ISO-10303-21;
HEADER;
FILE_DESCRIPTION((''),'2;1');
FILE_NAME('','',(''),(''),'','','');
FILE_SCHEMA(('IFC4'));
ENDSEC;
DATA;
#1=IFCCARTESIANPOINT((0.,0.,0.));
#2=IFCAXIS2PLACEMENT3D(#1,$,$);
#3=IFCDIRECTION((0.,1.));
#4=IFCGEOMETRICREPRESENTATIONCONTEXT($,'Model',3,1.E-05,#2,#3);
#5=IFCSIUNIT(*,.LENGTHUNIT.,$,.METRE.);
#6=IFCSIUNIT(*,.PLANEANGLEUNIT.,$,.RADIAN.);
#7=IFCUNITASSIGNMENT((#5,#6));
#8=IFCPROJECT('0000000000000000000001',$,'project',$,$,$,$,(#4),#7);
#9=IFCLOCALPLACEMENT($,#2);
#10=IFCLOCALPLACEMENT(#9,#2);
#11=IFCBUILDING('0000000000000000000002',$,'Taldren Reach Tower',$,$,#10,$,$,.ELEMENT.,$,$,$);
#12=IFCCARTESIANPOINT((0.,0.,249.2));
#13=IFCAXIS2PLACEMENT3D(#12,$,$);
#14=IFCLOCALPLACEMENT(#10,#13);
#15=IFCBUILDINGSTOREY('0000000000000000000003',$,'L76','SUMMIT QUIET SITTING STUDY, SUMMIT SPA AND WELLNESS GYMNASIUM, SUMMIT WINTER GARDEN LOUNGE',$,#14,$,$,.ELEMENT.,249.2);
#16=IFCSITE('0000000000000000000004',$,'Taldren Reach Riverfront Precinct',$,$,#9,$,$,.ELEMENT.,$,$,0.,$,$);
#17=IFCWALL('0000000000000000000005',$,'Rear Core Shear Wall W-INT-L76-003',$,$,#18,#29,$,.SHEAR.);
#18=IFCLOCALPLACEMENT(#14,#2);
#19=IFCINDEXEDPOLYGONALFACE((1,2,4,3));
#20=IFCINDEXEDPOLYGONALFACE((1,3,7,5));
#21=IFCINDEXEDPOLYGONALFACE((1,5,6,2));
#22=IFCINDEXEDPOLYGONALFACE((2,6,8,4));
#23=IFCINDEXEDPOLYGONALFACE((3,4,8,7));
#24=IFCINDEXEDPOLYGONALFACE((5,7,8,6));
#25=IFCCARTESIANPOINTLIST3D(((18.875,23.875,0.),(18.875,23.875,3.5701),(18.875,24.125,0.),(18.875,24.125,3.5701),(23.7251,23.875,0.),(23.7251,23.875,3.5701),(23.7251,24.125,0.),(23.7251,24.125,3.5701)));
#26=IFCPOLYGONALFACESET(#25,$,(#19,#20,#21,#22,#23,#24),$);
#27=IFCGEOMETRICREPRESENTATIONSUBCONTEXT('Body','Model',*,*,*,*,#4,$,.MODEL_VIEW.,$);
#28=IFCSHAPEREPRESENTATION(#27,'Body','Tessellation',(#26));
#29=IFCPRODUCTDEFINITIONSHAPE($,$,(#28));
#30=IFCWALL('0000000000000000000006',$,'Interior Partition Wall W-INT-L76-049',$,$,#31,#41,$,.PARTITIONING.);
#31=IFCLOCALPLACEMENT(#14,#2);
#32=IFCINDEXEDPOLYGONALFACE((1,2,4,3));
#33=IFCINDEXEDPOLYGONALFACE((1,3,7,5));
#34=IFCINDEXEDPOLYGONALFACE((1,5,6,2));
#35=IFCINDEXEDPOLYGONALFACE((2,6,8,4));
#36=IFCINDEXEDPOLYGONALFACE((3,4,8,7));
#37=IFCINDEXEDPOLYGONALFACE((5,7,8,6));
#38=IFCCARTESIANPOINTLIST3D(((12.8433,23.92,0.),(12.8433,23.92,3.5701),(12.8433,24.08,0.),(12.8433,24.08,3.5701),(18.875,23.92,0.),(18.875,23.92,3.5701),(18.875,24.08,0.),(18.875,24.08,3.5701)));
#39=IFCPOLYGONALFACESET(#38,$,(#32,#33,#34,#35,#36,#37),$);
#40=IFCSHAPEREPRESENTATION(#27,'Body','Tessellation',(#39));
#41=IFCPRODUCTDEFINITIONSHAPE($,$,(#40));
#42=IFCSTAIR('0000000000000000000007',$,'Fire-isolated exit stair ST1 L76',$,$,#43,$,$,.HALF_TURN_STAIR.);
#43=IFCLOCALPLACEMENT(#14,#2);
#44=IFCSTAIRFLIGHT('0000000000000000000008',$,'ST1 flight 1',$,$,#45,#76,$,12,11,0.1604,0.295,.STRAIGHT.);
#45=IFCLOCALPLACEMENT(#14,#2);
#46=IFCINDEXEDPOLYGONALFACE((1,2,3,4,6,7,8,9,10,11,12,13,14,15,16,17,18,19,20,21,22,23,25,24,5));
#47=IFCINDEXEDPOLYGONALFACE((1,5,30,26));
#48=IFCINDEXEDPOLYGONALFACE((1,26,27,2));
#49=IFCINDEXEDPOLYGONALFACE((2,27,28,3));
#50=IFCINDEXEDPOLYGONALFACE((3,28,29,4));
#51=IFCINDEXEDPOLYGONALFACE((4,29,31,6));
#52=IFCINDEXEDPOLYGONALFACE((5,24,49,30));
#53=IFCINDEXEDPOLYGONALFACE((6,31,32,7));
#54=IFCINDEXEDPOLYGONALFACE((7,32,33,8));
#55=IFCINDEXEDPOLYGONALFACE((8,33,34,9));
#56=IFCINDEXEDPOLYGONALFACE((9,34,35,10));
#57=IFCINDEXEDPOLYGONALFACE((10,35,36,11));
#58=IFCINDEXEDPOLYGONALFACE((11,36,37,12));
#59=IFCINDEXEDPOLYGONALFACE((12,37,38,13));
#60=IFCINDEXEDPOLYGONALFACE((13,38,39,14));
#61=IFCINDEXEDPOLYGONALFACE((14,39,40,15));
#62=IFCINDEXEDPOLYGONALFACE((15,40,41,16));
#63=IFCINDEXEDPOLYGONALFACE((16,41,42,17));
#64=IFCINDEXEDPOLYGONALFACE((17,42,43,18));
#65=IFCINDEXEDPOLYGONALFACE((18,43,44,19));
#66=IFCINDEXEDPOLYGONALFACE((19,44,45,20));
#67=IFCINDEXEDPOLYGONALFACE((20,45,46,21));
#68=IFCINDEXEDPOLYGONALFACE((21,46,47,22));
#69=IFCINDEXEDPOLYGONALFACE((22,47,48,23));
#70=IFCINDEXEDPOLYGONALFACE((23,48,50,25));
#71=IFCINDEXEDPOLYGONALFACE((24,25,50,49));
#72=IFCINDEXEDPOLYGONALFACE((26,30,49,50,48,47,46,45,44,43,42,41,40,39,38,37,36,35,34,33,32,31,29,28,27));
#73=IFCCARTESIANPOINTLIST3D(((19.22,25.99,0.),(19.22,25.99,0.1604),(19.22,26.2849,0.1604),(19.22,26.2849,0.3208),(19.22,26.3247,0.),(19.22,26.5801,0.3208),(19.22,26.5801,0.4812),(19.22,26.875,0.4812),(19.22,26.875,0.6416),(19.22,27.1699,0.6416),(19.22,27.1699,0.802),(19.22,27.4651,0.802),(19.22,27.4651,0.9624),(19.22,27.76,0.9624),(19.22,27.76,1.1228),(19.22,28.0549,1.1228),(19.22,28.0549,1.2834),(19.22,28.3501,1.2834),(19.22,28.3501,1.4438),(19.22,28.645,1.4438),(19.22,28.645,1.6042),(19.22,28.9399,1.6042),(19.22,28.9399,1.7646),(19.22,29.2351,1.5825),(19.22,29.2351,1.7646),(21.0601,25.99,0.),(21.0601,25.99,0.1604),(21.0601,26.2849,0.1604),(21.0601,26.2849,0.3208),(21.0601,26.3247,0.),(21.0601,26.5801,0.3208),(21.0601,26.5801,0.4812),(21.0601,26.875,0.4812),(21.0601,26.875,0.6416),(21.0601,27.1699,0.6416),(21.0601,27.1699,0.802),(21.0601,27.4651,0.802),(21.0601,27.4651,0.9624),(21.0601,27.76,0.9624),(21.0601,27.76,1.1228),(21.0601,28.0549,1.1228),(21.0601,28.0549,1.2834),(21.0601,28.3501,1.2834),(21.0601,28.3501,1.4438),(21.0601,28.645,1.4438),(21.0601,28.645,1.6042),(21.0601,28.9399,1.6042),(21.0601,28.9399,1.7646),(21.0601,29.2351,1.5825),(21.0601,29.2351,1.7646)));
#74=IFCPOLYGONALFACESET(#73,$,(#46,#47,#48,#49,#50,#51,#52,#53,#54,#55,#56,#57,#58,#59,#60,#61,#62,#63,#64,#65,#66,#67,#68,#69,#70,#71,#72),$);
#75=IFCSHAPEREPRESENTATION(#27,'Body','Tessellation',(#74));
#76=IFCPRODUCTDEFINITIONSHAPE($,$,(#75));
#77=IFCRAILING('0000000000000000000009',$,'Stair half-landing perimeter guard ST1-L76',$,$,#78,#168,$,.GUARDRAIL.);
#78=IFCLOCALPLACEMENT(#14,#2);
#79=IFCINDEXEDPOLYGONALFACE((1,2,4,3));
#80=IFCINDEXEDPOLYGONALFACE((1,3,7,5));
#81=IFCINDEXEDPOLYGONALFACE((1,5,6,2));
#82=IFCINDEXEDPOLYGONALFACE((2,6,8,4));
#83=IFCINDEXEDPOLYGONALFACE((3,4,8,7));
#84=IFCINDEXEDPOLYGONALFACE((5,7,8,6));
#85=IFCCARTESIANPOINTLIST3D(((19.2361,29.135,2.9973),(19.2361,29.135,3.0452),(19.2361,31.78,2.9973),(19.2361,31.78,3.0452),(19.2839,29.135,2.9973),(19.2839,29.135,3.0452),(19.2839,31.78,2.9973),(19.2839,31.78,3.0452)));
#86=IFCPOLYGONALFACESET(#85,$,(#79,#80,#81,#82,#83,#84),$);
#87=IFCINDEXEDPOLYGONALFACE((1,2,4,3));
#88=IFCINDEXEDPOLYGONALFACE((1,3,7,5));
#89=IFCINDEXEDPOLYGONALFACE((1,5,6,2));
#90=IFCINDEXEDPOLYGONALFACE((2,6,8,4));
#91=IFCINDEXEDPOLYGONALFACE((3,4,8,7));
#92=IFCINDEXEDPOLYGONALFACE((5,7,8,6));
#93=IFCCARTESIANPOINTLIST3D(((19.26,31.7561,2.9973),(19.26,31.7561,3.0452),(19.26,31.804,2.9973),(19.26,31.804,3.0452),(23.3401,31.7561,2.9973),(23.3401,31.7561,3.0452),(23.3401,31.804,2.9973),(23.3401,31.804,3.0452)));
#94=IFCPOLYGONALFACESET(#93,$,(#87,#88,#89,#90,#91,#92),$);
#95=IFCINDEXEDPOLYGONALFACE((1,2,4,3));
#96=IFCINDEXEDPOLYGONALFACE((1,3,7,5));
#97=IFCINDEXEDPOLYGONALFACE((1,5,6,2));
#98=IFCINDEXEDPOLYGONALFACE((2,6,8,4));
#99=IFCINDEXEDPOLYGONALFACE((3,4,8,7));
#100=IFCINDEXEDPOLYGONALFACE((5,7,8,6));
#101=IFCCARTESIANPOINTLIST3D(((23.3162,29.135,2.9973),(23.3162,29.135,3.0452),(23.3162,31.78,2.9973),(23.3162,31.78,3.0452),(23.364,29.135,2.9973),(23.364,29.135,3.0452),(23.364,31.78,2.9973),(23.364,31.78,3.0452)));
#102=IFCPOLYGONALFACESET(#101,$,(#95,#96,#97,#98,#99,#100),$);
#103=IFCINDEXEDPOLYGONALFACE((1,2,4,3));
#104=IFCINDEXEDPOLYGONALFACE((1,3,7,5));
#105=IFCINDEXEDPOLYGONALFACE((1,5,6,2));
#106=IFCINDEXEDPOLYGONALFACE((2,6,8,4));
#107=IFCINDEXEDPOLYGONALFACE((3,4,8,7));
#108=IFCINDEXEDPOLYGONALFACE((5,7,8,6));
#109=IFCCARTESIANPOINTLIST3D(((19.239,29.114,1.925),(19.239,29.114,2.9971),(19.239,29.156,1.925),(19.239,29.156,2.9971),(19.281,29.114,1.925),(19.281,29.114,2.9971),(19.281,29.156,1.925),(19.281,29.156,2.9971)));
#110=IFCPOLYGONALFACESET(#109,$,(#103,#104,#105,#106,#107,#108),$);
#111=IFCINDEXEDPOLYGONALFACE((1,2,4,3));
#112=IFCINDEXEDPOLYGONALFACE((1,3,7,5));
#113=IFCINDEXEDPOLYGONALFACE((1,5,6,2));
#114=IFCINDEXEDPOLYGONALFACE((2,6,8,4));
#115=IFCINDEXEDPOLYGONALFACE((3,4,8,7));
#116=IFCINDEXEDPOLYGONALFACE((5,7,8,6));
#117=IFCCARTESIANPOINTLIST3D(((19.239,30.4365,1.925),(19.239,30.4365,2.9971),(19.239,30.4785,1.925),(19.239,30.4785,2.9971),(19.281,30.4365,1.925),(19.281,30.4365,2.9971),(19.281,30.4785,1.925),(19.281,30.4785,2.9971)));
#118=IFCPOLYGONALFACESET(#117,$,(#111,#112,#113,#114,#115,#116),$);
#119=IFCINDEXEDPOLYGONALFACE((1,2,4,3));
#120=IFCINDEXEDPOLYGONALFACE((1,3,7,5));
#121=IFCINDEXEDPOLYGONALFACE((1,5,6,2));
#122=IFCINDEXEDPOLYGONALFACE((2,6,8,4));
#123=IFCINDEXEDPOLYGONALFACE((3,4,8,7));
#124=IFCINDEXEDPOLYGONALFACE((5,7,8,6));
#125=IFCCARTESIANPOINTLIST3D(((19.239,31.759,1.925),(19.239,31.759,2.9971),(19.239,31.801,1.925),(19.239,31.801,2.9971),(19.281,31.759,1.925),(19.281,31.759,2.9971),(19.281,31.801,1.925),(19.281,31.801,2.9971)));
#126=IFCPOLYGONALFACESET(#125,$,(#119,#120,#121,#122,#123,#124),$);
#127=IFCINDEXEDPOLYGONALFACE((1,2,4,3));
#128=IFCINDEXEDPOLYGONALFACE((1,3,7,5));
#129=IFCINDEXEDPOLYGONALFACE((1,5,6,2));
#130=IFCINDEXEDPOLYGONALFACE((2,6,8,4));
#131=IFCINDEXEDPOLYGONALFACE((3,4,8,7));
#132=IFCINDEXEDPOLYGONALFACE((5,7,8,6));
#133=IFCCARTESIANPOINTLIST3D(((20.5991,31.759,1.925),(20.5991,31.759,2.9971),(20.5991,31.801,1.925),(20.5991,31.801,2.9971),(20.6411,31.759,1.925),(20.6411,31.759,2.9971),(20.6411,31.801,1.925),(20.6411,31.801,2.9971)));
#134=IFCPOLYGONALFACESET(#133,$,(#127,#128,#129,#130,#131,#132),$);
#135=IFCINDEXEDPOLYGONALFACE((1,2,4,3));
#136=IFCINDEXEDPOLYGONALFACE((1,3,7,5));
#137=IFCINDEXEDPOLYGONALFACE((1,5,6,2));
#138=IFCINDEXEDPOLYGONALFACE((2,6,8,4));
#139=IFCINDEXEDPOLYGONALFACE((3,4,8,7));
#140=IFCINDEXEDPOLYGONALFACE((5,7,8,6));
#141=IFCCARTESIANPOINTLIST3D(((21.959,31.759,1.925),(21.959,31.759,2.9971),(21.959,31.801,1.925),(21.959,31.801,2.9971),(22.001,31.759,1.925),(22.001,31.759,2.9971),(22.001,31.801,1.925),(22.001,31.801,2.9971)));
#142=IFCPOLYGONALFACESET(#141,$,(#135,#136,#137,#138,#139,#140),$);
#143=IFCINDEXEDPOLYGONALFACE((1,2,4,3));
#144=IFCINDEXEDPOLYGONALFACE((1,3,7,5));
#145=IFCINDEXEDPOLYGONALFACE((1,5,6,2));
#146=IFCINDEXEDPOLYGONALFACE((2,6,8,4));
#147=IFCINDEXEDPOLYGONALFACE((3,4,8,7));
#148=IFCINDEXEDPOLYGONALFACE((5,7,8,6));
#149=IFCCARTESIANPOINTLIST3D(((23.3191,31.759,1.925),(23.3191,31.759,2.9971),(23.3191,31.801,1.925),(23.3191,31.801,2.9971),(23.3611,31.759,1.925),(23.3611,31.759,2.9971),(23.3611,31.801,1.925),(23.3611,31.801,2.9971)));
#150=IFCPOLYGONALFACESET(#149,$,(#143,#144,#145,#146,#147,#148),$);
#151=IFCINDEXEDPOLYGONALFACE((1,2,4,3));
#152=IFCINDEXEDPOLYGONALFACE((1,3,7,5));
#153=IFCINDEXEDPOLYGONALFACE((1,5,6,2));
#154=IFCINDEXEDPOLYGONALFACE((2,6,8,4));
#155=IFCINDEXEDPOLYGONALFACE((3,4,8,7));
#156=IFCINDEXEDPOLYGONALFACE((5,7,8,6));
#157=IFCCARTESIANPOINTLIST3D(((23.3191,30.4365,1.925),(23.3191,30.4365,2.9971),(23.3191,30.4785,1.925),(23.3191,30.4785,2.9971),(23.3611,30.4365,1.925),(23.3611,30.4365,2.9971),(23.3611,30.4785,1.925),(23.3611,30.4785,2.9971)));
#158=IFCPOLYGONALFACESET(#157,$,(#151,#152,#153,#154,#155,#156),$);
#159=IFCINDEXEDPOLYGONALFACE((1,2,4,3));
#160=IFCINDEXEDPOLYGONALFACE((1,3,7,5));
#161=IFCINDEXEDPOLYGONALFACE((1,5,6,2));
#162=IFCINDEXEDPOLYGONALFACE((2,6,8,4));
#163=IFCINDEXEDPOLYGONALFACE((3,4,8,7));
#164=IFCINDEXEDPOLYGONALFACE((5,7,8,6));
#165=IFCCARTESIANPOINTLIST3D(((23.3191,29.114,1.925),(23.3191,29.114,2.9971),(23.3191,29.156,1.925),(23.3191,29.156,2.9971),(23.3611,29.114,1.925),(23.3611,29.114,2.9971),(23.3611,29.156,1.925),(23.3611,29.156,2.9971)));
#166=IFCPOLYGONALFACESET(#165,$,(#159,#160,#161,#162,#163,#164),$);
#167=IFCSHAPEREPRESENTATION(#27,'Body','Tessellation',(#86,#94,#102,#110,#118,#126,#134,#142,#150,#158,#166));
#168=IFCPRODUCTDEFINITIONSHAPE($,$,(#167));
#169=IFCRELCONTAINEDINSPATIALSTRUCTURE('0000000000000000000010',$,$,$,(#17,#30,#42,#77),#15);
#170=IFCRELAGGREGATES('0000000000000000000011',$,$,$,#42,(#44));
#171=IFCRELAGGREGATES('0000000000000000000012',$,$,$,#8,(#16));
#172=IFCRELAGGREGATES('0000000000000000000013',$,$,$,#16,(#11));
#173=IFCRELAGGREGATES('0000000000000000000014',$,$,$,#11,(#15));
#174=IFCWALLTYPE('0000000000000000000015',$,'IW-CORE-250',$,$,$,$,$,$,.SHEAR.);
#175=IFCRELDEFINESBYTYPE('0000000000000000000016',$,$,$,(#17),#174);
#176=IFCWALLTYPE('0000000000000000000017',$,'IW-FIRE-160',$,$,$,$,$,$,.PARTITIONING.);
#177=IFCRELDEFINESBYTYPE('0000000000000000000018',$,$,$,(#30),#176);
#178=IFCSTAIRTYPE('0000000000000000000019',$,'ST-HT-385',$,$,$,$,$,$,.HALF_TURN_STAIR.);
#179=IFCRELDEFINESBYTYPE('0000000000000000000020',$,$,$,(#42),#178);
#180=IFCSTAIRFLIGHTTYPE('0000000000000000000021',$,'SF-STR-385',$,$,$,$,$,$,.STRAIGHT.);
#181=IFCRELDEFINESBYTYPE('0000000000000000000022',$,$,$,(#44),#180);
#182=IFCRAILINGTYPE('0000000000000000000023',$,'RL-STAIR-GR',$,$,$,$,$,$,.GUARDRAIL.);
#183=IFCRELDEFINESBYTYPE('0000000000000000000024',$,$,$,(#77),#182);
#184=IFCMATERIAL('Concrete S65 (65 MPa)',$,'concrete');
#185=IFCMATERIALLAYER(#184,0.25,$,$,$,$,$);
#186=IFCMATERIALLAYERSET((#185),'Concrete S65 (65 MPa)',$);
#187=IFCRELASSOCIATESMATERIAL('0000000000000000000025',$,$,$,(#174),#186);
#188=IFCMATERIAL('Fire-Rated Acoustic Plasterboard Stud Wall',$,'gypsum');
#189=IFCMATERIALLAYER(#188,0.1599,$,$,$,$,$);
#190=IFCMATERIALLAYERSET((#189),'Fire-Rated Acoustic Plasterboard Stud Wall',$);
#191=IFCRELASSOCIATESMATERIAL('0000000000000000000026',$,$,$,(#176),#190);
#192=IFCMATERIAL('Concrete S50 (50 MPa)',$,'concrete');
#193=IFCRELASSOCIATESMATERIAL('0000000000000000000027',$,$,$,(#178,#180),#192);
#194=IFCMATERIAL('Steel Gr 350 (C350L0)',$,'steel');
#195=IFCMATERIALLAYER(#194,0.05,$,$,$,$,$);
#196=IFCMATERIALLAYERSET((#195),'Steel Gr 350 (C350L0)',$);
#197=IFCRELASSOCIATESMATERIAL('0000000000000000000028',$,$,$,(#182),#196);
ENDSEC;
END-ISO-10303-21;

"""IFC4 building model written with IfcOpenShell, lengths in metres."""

from ifc_helpers import new_model, si_unit, direction, frame, frame_2d, origin, origin_2d, place, context, subcontext, project, spatial, polyline, rectangle, outline, extrude, source, transform, mapped, material, layer, layer_set, type_object, element, aggregate, save


model = new_model("IFC4")

# Units and contexts
model_context = context("Model", 3, precision=1e-05, world=origin(), true_north=direction((0.0, 1.0)))
body_context = subcontext(model_context, "Body", "Model", "MODEL_VIEW")
ifc_project = project(units=[si_unit("LENGTHUNIT", "METRE"), si_unit("PLANEANGLEUNIT", "RADIAN")], contexts=[model_context])

# Site, building, storey
site_placement = place(None, origin())
site = spatial("IfcSite", under=ifc_project, at=site_placement, Name="Taldren Reach Riverfront Precinct", CompositionType="ELEMENT", RefElevation=0.0)
building_placement = place(site_placement, origin())
building = spatial("IfcBuilding", under=site, at=building_placement, Name="Taldren Reach Tower", CompositionType="ELEMENT")
storey_placement = place(building_placement, frame((0.0, 0.0, 249.2)))
storey = spatial("IfcBuildingStorey", under=building, at=storey_placement, Name="L76", Description="SUMMIT QUIET SITTING STUDY, SUMMIT SPA AND WELLNESS GYMNASIUM, SUMMIT WINTER GARDEN LOUNGE", CompositionType="ELEMENT", Elevation=249.2)

# Shared definitions
ifc_material_1 = material(Name="Steel Gr 350 (C350L0)", Category="steel")

# Walls
ifc_material_2 = material(Name="Concrete S65 (65 MPa)", Category="concrete")
ifc_layer_1 = layer(ifc_material_2, 0.25)
ifc_layer_set_1 = layer_set([ifc_layer_1], Name="Concrete S65 (65 MPa)")
wall_type_1 = type_object("IfcWallType", Name="IW-CORE-250", PredefinedType="SHEAR", material=ifc_layer_set_1)
shared_shape_1 = source(origin(), body_context, "Body", "SweptSolid", [
    extrude(rectangle(XDim=4.8501, YDim=0.25, at=frame_2d((2.425, 0.0))), origin(), (0.0, 0.0, 1.0), 3.5701),
])
wall_1_placement = place(storey_placement, frame((18.875, 24.0, 0.0), z_axis=(0.0, 0.0, 1.0), x_axis=(1.0, 0.0, 0.0)))
element("IfcWall", 1, at=wall_1_placement, inside=storey, type_object=wall_type_1, Name="Rear Core Shear Wall W-INT-L76-003", PredefinedType="SHEAR", context=body_context, shape_type="MappedRepresentation", body=[
    mapped(shared_shape_1, transform((0.0, 0.0, 0.0), scale=1.0)),
])
ifc_material_3 = material(Name="Fire-Rated Acoustic Plasterboard Stud Wall", Category="gypsum")
ifc_layer_2 = layer(ifc_material_3, 0.1599)
ifc_layer_set_2 = layer_set([ifc_layer_2], Name="Fire-Rated Acoustic Plasterboard Stud Wall")
wall_type_2 = type_object("IfcWallType", Name="IW-FIRE-160", PredefinedType="PARTITIONING", material=ifc_layer_set_2)
shared_shape_2 = source(origin(), body_context, "Body", "SweptSolid", [
    extrude(rectangle(XDim=6.0317, YDim=0.1599, at=frame_2d((3.0159, 0.0))), origin(), (0.0, 0.0, 1.0), 3.5701),
])
wall_2_placement = place(storey_placement, frame((12.8433, 24.0, 0.0), z_axis=(0.0, 0.0, 1.0), x_axis=(1.0, 0.0, 0.0)))
element("IfcWall", 2, at=wall_2_placement, inside=storey, type_object=wall_type_2, Name="Interior Partition Wall W-INT-L76-049", PredefinedType="PARTITIONING", context=body_context, shape_type="MappedRepresentation", body=[
    mapped(shared_shape_2, transform((0.0, 0.0, 0.0), scale=1.0)),
])

# Stair, stair flight
ifc_material_4 = material(Name="Concrete S50 (50 MPa)", Category="concrete")
stair_type = type_object("IfcStairType", Name="ST-HT-385", PredefinedType="HALF_TURN_STAIR", material=ifc_material_4)
stair_placement = place(storey_placement, origin())
stair = element("IfcStair", 3, at=stair_placement, inside=storey, type_object=stair_type, Name="Fire-isolated exit stair ST1 L76", PredefinedType="HALF_TURN_STAIR")
stair_flight_type = type_object("IfcStairFlightType", Name="SF-STR-385", PredefinedType="STRAIGHT", material=ifc_material_4)
stair_flight_placement = place(storey_placement, frame((20.1399, 25.99, 0.0), z_axis=(0.0, 0.0, 1.0), x_axis=(0.0, 1.0, 0.0)))
stair_flight = element("IfcStairFlight", 4, at=stair_flight_placement, type_object=stair_flight_type, Name="ST1 flight 1", NumberOfRisers=12, NumberOfTreads=11, PredefinedType="STRAIGHT", RiserHeight=0.1604, TreadLength=0.295, context=body_context, shape_type="SweptSolid", body=[
    extrude(outline(polyline([(0.0, 0.0), (0.0, 0.1604), (0.2949, 0.1604), (0.2949, 0.3208), (0.5901, 0.3208), (0.5901, 0.4812), (0.885, 0.4812), (0.885, 0.6416), (1.1799, 0.6416), (1.1799, 0.802), (1.4751, 0.802), (1.4751, 0.9624), (1.77, 0.9624), (1.77, 1.1228), (2.0649, 1.1228), (2.0649, 1.2834), (2.3601, 1.2834), (2.3601, 1.4438), (2.655, 1.4438), (2.655, 1.6042), (2.95, 1.6042), (2.95, 1.7646), (3.2451, 1.7646), (3.2451, 1.925), (3.2451, 1.5825), (0.3347, 0.0), (0.0, 0.0)])), frame((0.0, 0.9199, 0.0), z_axis=(0.0, -1.0, 0.0), x_axis=(1.0, 0.0, 0.0)), (0.0, 0.0, 1.0), 1.8401),
])
aggregate(stair, [stair_flight])

# Railing
ifc_layer_3 = layer(ifc_material_1, 0.05)
ifc_layer_set_3 = layer_set([ifc_layer_3], Name="Steel Gr 350 (C350L0)")
railing_type_1 = type_object("IfcRailingType", Name="RL-STAIR-GR", PredefinedType="GUARDRAIL", material=ifc_layer_set_3)
railing_1_placement = place(storey_placement, frame((19.26, 29.135, 1.925)))
element("IfcRailing", 5, at=railing_1_placement, inside=storey, type_object=railing_type_1, Name="Stair half-landing perimeter guard ST1-L76", PredefinedType="GUARDRAIL", context=body_context, shape_type="SweptSolid", body=[
    extrude(rectangle(XDim=0.0479, YDim=0.0479, at=origin_2d()), frame((0.0, 0.0, 1.0962), z_axis=(0.0, 1.0, 0.0), x_axis=(-1.0, 0.0, 0.0)), (0.0, 0.0, 1.0), 2.645),
    extrude(rectangle(XDim=0.0479, YDim=0.0479, at=origin_2d()), frame((0.0, 2.645, 1.0962), z_axis=(1.0, 0.0, 0.0), x_axis=(0.0, 1.0, 0.0)), (0.0, 0.0, 1.0), 4.0801),
    extrude(rectangle(XDim=0.0479, YDim=0.0479, at=origin_2d()), frame((4.0801, 2.645, 1.0962), z_axis=(0.0, -1.0, 0.0), x_axis=(1.0, 0.0, 0.0)), (0.0, 0.0, 1.0), 2.645),
    extrude(rectangle(XDim=0.042, YDim=0.042, at=origin_2d()), origin(), (0.0, 0.0, 1.0), 1.072),
    extrude(rectangle(XDim=0.042, YDim=0.042, at=origin_2d()), frame((0.0, 1.3225, 0.0)), (0.0, 0.0, 1.0), 1.072),
    extrude(rectangle(XDim=0.042, YDim=0.042, at=origin_2d()), frame((0.0, 2.645, 0.0)), (0.0, 0.0, 1.0), 1.072),
    extrude(rectangle(XDim=0.042, YDim=0.042, at=origin_2d()), frame((1.3601, 2.645, 0.0)), (0.0, 0.0, 1.0), 1.072),
    extrude(rectangle(XDim=0.042, YDim=0.042, at=origin_2d()), frame((2.72, 2.645, 0.0)), (0.0, 0.0, 1.0), 1.072),
    extrude(rectangle(XDim=0.042, YDim=0.042, at=origin_2d()), frame((4.0801, 2.645, 0.0)), (0.0, 0.0, 1.0), 1.072),
    extrude(rectangle(XDim=0.042, YDim=0.042, at=origin_2d()), frame((4.0801, 1.3225, 0.0)), (0.0, 0.0, 1.0), 1.072),
    extrude(rectangle(XDim=0.042, YDim=0.042, at=origin_2d()), frame((4.0801, 0.0, 0.0)), (0.0, 0.0, 1.0), 1.072),
])

save(model, "model.ifc")
